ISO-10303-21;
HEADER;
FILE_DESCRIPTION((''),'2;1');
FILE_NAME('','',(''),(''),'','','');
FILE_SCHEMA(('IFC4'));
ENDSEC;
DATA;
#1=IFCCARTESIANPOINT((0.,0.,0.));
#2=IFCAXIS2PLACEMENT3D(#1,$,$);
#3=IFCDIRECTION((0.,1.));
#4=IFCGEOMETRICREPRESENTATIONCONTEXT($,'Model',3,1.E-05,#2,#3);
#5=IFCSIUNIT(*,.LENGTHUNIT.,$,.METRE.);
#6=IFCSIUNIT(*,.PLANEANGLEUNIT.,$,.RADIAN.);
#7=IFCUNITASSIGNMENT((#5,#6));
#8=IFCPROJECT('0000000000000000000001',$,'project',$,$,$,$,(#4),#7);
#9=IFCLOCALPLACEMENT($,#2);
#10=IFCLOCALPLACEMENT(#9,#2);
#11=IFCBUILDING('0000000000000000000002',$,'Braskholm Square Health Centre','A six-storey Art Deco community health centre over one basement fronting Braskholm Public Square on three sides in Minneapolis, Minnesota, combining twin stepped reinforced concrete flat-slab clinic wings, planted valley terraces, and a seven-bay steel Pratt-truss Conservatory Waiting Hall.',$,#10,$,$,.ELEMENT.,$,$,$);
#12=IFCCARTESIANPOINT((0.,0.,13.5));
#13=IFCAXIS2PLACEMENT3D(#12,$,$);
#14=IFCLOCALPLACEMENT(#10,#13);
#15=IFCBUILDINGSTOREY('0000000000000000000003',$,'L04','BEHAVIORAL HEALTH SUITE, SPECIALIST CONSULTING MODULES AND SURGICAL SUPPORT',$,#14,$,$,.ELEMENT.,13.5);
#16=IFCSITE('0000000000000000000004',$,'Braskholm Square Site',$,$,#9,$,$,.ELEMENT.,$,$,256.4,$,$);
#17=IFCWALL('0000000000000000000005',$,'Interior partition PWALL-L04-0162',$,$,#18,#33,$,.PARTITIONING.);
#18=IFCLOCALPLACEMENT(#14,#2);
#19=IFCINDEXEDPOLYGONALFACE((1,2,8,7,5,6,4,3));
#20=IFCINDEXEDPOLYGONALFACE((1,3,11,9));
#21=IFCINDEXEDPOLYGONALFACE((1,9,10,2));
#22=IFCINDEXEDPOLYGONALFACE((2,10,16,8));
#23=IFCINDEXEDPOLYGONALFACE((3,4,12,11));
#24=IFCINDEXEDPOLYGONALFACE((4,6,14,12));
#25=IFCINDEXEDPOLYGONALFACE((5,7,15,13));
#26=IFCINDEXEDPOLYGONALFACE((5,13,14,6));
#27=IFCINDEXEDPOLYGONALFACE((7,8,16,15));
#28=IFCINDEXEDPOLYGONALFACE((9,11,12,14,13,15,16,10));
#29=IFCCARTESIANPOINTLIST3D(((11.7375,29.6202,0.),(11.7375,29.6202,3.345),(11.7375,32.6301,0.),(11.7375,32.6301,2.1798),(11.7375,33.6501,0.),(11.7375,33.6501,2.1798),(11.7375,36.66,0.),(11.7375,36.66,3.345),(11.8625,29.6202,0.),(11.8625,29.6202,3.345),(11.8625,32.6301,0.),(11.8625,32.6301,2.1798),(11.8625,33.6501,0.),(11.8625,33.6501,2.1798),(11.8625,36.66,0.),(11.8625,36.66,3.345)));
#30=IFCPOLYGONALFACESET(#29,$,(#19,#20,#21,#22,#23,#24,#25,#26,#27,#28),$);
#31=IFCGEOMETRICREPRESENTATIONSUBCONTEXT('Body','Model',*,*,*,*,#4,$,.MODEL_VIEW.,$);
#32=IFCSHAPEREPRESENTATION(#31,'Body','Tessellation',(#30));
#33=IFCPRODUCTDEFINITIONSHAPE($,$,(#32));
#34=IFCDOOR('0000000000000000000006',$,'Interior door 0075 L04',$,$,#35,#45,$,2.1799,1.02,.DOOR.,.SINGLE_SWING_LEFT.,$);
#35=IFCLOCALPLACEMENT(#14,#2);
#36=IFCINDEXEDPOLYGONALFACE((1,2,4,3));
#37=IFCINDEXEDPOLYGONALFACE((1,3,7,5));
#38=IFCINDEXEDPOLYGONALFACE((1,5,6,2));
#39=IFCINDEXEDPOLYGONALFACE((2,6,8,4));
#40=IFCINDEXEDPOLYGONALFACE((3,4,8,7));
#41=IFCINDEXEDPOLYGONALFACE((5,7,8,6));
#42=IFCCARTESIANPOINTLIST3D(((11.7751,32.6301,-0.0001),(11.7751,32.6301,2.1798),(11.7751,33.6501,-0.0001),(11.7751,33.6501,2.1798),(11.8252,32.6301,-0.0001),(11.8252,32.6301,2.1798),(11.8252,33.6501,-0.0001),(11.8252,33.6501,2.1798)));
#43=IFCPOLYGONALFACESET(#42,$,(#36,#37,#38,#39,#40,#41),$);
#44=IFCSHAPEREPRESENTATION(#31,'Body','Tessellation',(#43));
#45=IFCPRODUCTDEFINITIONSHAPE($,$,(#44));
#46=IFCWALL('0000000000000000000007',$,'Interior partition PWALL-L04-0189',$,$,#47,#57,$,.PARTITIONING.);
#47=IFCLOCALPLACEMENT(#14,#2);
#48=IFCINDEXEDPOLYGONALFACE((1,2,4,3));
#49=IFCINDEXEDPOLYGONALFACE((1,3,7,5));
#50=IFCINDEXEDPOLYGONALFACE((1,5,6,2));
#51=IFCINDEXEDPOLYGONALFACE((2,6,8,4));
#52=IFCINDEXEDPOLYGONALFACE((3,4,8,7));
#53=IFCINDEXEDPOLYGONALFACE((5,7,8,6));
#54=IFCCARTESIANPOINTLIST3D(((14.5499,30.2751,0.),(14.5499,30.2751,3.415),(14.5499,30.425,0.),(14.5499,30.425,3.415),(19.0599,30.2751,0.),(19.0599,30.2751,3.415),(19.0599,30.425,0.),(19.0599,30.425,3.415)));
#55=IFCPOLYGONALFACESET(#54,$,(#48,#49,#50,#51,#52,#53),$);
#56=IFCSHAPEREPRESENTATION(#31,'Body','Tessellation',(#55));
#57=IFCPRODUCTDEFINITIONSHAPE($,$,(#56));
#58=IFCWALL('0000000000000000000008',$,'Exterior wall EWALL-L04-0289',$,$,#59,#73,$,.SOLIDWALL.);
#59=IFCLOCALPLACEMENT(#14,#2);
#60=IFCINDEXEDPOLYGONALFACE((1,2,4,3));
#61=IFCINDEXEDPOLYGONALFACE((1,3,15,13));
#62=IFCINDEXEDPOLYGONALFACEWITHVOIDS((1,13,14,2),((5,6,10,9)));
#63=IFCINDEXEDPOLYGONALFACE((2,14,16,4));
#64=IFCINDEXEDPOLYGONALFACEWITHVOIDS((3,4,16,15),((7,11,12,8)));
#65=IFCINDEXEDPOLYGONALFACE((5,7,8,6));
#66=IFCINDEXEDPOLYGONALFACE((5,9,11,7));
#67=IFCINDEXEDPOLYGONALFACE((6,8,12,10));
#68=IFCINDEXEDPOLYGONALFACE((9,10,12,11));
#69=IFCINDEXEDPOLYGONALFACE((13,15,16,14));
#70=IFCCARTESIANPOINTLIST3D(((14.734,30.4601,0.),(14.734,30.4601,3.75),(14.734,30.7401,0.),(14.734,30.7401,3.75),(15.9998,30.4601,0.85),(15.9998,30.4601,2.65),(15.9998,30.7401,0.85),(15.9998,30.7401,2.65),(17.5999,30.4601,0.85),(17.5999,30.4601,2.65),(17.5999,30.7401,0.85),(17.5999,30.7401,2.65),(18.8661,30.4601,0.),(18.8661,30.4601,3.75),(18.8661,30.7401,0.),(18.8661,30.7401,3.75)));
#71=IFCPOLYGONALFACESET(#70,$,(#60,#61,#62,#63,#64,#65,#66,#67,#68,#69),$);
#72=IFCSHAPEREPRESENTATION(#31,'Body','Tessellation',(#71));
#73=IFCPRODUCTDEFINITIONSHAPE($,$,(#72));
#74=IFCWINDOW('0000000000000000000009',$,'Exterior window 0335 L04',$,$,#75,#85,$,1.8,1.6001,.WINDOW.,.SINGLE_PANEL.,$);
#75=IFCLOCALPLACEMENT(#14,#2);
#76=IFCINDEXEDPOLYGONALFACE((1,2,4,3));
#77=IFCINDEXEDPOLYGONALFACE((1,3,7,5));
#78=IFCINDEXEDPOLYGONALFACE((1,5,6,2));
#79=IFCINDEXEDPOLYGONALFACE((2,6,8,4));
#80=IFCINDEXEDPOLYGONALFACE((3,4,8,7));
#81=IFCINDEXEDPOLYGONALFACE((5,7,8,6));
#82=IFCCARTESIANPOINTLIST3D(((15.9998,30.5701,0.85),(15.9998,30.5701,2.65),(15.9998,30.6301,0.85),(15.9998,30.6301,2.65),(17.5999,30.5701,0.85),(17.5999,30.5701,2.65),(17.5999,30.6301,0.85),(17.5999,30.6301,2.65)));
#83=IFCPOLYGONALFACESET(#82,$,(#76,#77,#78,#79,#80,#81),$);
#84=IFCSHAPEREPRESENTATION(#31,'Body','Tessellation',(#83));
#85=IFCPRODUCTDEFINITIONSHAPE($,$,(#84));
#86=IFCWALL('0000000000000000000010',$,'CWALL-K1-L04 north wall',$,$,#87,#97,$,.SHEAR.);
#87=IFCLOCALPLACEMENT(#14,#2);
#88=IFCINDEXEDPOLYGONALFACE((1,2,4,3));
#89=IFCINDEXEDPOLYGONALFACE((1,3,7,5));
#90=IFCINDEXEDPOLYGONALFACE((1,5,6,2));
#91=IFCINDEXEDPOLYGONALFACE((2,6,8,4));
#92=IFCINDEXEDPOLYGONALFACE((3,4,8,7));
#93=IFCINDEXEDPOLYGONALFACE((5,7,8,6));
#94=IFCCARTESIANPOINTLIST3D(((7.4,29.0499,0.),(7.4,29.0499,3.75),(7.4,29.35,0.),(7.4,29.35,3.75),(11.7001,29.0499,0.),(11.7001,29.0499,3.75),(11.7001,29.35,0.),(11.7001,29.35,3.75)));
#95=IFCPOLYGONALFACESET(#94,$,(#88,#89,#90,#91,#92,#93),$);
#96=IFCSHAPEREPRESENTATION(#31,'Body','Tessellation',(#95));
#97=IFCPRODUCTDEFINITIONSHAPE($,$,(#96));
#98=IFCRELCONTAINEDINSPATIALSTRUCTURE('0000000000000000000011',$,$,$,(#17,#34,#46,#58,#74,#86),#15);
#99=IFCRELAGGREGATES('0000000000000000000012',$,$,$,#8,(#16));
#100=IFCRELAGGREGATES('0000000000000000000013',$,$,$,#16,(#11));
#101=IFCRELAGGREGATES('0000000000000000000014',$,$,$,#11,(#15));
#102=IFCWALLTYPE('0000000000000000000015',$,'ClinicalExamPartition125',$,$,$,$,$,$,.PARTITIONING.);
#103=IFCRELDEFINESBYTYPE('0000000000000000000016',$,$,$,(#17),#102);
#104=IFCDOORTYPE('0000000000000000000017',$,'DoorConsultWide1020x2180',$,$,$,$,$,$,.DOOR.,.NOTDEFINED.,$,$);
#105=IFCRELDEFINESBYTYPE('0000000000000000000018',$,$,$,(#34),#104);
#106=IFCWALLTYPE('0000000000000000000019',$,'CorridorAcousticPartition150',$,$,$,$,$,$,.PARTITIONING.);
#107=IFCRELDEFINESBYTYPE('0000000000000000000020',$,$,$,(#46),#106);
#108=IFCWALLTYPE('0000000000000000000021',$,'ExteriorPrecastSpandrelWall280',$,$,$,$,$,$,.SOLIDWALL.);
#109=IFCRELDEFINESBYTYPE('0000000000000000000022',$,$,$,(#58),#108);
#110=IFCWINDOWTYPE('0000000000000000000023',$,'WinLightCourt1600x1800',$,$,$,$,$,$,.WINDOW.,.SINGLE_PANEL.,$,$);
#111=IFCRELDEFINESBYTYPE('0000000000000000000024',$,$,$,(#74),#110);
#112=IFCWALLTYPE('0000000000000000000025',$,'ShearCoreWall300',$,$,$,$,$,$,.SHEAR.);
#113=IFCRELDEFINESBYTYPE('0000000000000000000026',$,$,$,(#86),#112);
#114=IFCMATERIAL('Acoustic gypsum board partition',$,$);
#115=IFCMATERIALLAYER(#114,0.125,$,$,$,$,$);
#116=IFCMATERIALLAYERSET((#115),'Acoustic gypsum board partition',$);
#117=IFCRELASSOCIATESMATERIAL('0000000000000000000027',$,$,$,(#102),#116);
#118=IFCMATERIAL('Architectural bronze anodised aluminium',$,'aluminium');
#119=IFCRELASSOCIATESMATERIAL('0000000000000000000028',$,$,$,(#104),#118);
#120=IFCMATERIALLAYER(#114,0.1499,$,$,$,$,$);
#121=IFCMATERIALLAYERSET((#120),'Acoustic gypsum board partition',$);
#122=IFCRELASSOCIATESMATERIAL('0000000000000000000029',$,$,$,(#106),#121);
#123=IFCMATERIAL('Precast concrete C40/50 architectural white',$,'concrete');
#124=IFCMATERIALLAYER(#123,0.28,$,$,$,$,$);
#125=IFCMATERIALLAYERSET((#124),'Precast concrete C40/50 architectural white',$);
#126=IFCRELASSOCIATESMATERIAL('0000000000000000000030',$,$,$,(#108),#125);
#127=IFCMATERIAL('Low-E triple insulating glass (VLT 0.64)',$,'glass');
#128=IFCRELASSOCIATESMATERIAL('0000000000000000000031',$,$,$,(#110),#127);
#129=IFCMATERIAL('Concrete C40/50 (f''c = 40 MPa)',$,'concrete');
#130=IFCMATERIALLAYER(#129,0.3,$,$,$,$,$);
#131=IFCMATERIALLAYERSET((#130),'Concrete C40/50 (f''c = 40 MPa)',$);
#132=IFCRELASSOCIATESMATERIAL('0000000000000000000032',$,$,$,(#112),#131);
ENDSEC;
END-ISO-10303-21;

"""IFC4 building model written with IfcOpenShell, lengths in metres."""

from ifc_helpers import new_model, si_unit, direction, frame, frame_2d, origin, origin_with_axes, place, context, subcontext, project, spatial, rectangle, extrude, material, layer, layer_set, type_object, element, fill, save


model = new_model("IFC4")

# Units and contexts
model_context = context("Model", 3, precision=1e-05, world=origin(), true_north=direction((0.0, 1.0)))
body_context = subcontext(model_context, "Body", "Model", "MODEL_VIEW")
ifc_project = project(units=[si_unit("LENGTHUNIT", "METRE"), si_unit("PLANEANGLEUNIT", "RADIAN")], contexts=[model_context])

# Site, building, storey
site_placement = place(None, origin())
site = spatial("IfcSite", under=ifc_project, at=site_placement, Name="Braskholm Square Site", CompositionType="ELEMENT", RefElevation=256.4)
building_placement = place(site_placement, origin())
building = spatial("IfcBuilding", under=site, at=building_placement, Name="Braskholm Square Health Centre", Description="A six-storey Art Deco community health centre over one basement fronting Braskholm Public Square on three sides in Minneapolis, Minnesota, combining twin stepped reinforced concrete flat-slab clinic wings, planted valley terraces, and a seven-bay steel Pratt-truss Conservatory Waiting Hall.", CompositionType="ELEMENT")
storey_placement = place(building_placement, frame((0.0, 0.0, 13.5)))
storey = spatial("IfcBuildingStorey", under=building, at=storey_placement, Name="L04", Description="BEHAVIORAL HEALTH SUITE, SPECIALIST CONSULTING MODULES AND SURGICAL SUPPORT", CompositionType="ELEMENT", Elevation=13.5)

# Shared definitions
ifc_material_1 = material(Name="Concrete C40/50 (f'c = 40 MPa)", Category="concrete")

# Shared definitions
ifc_material_2 = material(Name="Low-E triple insulating glass (VLT 0.64)", Category="glass")
ifc_material_3 = material(Name="Architectural bronze anodised aluminium", Category="aluminium")

# Wall, opening, door
ifc_material_4 = material(Name="Acoustic gypsum board partition")
ifc_layer_1 = layer(ifc_material_4, 0.125)
ifc_layer_set_1 = layer_set([ifc_layer_1], Name="Acoustic gypsum board partition")
wall_type_1 = type_object("IfcWallType", Name="ClinicalExamPartition125", PredefinedType="PARTITIONING", material=ifc_layer_set_1)
wall_1_placement = place(storey_placement, frame((11.8, 29.6201, 0.0), z_axis=(0.0, 0.0, 1.0), x_axis=(0.0, 1.0, 0.0)))
wall_1 = element("IfcWall", 1, at=wall_1_placement, inside=storey, type_object=wall_type_1, Name="Interior partition PWALL-L04-0162", PredefinedType="PARTITIONING", context=body_context, shape_type="SweptSolid", body=[
    extrude(rectangle(XDim=7.0398, YDim=0.125, at=frame_2d((3.52, 0.0))), origin(), (0.0, 0.0, 1.0), 3.345),
])
opening_1_placement = place(wall_1_placement, frame((3.01, 0.0, 0.0)))
opening_1 = element("IfcOpeningElement", 2, at=opening_1_placement, cuts=wall_1, PredefinedType="OPENING", context=body_context, shape_type="SweptSolid", body=[
    extrude(rectangle(XDim=1.02, YDim=2.1799, at=frame_2d((0.51, 1.0898))), frame((0.0, 0.0725, 0.0), z_axis=(0.0, -1.0, 0.0), x_axis=(1.0, 0.0, 0.0)), (0.0, 0.0, 1.0), 0.145),
])
door_type = type_object("IfcDoorType", Name="DoorConsultWide1020x2180", OperationType="NOTDEFINED", PredefinedType="DOOR", material=ifc_material_3)
door_placement = place(opening_1_placement, origin_with_axes())
door = element("IfcDoor", 3, at=door_placement, inside=storey, type_object=door_type, Name="Interior door 0075 L04", OperationType="SINGLE_SWING_LEFT", OverallHeight=2.1799, OverallWidth=1.02, PredefinedType="DOOR", context=body_context, shape_type="SweptSolid", body=[
    extrude(rectangle(XDim=1.02, YDim=2.1799, at=frame_2d((0.51, 1.0898))), frame((0.0, 0.0249, 0.0), z_axis=(0.0, -1.0, 0.0), x_axis=(1.0, 0.0, 0.0)), (0.0, 0.0, 1.0), 0.05),
])
fill(opening_1, door)

# Wall
ifc_layer_2 = layer(ifc_material_4, 0.1499)
ifc_layer_set_2 = layer_set([ifc_layer_2], Name="Acoustic gypsum board partition")
wall_type_2 = type_object("IfcWallType", Name="CorridorAcousticPartition150", PredefinedType="PARTITIONING", material=ifc_layer_set_2)
wall_2_placement = place(storey_placement, frame((14.55, 30.3501, 0.0), z_axis=(0.0, 0.0, 1.0), x_axis=(1.0, 0.0, 0.0)))
element("IfcWall", 4, at=wall_2_placement, inside=storey, type_object=wall_type_2, Name="Interior partition PWALL-L04-0189", PredefinedType="PARTITIONING", context=body_context, shape_type="SweptSolid", body=[
    extrude(rectangle(XDim=4.51, YDim=0.1499, at=frame_2d((2.2549, 0.0))), origin(), (0.0, 0.0, 1.0), 3.415),
])

# Wall, opening, window
ifc_material_5 = material(Name="Precast concrete C40/50 architectural white", Category="concrete")
ifc_layer_3 = layer(ifc_material_5, 0.28)
ifc_layer_set_3 = layer_set([ifc_layer_3], Name="Precast concrete C40/50 architectural white")
wall_type_3 = type_object("IfcWallType", Name="ExteriorPrecastSpandrelWall280", PredefinedType="SOLIDWALL", material=ifc_layer_set_3)
wall_3_placement = place(storey_placement, frame((18.866, 30.6001, 0.0), z_axis=(0.0, 0.0, 1.0), x_axis=(-1.0, 0.0, 0.0)))
wall_3 = element("IfcWall", 5, at=wall_3_placement, inside=storey, type_object=wall_type_3, Name="Exterior wall EWALL-L04-0289", PredefinedType="SOLIDWALL", context=body_context, shape_type="SweptSolid", body=[
    extrude(rectangle(XDim=4.1321, YDim=0.28, at=frame_2d((2.0659, 0.0))), origin(), (0.0, 0.0, 1.0), 3.75),
])
opening_2_placement = place(wall_3_placement, frame((1.2661, 0.0, 0.8501)))
opening_2 = element("IfcOpeningElement", 6, at=opening_2_placement, cuts=wall_3, PredefinedType="OPENING", context=body_context, shape_type="SweptSolid", body=[
    extrude(rectangle(XDim=1.6001, YDim=1.8, at=frame_2d((0.8, 0.8999))), frame((0.0, 0.1499, 0.0), z_axis=(0.0, -1.0, 0.0), x_axis=(1.0, 0.0, 0.0)), (0.0, 0.0, 1.0), 0.3),
])
window_type = type_object("IfcWindowType", Name="WinLightCourt1600x1800", PartitioningType="SINGLE_PANEL", PredefinedType="WINDOW", material=ifc_material_2)
window_placement = place(opening_2_placement, origin_with_axes())
window = element("IfcWindow", 7, at=window_placement, inside=storey, type_object=window_type, Name="Exterior window 0335 L04", OverallHeight=1.8, OverallWidth=1.6001, PartitioningType="SINGLE_PANEL", PredefinedType="WINDOW", context=body_context, shape_type="SweptSolid", body=[
    extrude(rectangle(XDim=1.6001, YDim=1.8, at=frame_2d((0.8, 0.8999))), frame((0.0, 0.03, 0.0), z_axis=(0.0, -1.0, 0.0), x_axis=(1.0, 0.0, 0.0)), (0.0, 0.0, 1.0), 0.0601),
])
fill(opening_2, window)

# Wall
ifc_layer_4 = layer(ifc_material_1, 0.3)
ifc_layer_set_4 = layer_set([ifc_layer_4], Name="Concrete C40/50 (f'c = 40 MPa)")
wall_type_4 = type_object("IfcWallType", Name="ShearCoreWall300", PredefinedType="SHEAR", material=ifc_layer_set_4)
wall_4_placement = place(storey_placement, frame((11.7, 29.2, 0.0), z_axis=(0.0, 0.0, 1.0), x_axis=(-1.0, 0.0, 0.0)))
element("IfcWall", 8, at=wall_4_placement, inside=storey, type_object=wall_type_4, Name="CWALL-K1-L04 north wall", PredefinedType="SHEAR", context=body_context, shape_type="SweptSolid", body=[
    extrude(rectangle(XDim=4.3, YDim=0.3, at=frame_2d((2.1499, 0.0))), origin(), (0.0, 0.0, 1.0), 3.75),
])

save(model, "model.ifc")
